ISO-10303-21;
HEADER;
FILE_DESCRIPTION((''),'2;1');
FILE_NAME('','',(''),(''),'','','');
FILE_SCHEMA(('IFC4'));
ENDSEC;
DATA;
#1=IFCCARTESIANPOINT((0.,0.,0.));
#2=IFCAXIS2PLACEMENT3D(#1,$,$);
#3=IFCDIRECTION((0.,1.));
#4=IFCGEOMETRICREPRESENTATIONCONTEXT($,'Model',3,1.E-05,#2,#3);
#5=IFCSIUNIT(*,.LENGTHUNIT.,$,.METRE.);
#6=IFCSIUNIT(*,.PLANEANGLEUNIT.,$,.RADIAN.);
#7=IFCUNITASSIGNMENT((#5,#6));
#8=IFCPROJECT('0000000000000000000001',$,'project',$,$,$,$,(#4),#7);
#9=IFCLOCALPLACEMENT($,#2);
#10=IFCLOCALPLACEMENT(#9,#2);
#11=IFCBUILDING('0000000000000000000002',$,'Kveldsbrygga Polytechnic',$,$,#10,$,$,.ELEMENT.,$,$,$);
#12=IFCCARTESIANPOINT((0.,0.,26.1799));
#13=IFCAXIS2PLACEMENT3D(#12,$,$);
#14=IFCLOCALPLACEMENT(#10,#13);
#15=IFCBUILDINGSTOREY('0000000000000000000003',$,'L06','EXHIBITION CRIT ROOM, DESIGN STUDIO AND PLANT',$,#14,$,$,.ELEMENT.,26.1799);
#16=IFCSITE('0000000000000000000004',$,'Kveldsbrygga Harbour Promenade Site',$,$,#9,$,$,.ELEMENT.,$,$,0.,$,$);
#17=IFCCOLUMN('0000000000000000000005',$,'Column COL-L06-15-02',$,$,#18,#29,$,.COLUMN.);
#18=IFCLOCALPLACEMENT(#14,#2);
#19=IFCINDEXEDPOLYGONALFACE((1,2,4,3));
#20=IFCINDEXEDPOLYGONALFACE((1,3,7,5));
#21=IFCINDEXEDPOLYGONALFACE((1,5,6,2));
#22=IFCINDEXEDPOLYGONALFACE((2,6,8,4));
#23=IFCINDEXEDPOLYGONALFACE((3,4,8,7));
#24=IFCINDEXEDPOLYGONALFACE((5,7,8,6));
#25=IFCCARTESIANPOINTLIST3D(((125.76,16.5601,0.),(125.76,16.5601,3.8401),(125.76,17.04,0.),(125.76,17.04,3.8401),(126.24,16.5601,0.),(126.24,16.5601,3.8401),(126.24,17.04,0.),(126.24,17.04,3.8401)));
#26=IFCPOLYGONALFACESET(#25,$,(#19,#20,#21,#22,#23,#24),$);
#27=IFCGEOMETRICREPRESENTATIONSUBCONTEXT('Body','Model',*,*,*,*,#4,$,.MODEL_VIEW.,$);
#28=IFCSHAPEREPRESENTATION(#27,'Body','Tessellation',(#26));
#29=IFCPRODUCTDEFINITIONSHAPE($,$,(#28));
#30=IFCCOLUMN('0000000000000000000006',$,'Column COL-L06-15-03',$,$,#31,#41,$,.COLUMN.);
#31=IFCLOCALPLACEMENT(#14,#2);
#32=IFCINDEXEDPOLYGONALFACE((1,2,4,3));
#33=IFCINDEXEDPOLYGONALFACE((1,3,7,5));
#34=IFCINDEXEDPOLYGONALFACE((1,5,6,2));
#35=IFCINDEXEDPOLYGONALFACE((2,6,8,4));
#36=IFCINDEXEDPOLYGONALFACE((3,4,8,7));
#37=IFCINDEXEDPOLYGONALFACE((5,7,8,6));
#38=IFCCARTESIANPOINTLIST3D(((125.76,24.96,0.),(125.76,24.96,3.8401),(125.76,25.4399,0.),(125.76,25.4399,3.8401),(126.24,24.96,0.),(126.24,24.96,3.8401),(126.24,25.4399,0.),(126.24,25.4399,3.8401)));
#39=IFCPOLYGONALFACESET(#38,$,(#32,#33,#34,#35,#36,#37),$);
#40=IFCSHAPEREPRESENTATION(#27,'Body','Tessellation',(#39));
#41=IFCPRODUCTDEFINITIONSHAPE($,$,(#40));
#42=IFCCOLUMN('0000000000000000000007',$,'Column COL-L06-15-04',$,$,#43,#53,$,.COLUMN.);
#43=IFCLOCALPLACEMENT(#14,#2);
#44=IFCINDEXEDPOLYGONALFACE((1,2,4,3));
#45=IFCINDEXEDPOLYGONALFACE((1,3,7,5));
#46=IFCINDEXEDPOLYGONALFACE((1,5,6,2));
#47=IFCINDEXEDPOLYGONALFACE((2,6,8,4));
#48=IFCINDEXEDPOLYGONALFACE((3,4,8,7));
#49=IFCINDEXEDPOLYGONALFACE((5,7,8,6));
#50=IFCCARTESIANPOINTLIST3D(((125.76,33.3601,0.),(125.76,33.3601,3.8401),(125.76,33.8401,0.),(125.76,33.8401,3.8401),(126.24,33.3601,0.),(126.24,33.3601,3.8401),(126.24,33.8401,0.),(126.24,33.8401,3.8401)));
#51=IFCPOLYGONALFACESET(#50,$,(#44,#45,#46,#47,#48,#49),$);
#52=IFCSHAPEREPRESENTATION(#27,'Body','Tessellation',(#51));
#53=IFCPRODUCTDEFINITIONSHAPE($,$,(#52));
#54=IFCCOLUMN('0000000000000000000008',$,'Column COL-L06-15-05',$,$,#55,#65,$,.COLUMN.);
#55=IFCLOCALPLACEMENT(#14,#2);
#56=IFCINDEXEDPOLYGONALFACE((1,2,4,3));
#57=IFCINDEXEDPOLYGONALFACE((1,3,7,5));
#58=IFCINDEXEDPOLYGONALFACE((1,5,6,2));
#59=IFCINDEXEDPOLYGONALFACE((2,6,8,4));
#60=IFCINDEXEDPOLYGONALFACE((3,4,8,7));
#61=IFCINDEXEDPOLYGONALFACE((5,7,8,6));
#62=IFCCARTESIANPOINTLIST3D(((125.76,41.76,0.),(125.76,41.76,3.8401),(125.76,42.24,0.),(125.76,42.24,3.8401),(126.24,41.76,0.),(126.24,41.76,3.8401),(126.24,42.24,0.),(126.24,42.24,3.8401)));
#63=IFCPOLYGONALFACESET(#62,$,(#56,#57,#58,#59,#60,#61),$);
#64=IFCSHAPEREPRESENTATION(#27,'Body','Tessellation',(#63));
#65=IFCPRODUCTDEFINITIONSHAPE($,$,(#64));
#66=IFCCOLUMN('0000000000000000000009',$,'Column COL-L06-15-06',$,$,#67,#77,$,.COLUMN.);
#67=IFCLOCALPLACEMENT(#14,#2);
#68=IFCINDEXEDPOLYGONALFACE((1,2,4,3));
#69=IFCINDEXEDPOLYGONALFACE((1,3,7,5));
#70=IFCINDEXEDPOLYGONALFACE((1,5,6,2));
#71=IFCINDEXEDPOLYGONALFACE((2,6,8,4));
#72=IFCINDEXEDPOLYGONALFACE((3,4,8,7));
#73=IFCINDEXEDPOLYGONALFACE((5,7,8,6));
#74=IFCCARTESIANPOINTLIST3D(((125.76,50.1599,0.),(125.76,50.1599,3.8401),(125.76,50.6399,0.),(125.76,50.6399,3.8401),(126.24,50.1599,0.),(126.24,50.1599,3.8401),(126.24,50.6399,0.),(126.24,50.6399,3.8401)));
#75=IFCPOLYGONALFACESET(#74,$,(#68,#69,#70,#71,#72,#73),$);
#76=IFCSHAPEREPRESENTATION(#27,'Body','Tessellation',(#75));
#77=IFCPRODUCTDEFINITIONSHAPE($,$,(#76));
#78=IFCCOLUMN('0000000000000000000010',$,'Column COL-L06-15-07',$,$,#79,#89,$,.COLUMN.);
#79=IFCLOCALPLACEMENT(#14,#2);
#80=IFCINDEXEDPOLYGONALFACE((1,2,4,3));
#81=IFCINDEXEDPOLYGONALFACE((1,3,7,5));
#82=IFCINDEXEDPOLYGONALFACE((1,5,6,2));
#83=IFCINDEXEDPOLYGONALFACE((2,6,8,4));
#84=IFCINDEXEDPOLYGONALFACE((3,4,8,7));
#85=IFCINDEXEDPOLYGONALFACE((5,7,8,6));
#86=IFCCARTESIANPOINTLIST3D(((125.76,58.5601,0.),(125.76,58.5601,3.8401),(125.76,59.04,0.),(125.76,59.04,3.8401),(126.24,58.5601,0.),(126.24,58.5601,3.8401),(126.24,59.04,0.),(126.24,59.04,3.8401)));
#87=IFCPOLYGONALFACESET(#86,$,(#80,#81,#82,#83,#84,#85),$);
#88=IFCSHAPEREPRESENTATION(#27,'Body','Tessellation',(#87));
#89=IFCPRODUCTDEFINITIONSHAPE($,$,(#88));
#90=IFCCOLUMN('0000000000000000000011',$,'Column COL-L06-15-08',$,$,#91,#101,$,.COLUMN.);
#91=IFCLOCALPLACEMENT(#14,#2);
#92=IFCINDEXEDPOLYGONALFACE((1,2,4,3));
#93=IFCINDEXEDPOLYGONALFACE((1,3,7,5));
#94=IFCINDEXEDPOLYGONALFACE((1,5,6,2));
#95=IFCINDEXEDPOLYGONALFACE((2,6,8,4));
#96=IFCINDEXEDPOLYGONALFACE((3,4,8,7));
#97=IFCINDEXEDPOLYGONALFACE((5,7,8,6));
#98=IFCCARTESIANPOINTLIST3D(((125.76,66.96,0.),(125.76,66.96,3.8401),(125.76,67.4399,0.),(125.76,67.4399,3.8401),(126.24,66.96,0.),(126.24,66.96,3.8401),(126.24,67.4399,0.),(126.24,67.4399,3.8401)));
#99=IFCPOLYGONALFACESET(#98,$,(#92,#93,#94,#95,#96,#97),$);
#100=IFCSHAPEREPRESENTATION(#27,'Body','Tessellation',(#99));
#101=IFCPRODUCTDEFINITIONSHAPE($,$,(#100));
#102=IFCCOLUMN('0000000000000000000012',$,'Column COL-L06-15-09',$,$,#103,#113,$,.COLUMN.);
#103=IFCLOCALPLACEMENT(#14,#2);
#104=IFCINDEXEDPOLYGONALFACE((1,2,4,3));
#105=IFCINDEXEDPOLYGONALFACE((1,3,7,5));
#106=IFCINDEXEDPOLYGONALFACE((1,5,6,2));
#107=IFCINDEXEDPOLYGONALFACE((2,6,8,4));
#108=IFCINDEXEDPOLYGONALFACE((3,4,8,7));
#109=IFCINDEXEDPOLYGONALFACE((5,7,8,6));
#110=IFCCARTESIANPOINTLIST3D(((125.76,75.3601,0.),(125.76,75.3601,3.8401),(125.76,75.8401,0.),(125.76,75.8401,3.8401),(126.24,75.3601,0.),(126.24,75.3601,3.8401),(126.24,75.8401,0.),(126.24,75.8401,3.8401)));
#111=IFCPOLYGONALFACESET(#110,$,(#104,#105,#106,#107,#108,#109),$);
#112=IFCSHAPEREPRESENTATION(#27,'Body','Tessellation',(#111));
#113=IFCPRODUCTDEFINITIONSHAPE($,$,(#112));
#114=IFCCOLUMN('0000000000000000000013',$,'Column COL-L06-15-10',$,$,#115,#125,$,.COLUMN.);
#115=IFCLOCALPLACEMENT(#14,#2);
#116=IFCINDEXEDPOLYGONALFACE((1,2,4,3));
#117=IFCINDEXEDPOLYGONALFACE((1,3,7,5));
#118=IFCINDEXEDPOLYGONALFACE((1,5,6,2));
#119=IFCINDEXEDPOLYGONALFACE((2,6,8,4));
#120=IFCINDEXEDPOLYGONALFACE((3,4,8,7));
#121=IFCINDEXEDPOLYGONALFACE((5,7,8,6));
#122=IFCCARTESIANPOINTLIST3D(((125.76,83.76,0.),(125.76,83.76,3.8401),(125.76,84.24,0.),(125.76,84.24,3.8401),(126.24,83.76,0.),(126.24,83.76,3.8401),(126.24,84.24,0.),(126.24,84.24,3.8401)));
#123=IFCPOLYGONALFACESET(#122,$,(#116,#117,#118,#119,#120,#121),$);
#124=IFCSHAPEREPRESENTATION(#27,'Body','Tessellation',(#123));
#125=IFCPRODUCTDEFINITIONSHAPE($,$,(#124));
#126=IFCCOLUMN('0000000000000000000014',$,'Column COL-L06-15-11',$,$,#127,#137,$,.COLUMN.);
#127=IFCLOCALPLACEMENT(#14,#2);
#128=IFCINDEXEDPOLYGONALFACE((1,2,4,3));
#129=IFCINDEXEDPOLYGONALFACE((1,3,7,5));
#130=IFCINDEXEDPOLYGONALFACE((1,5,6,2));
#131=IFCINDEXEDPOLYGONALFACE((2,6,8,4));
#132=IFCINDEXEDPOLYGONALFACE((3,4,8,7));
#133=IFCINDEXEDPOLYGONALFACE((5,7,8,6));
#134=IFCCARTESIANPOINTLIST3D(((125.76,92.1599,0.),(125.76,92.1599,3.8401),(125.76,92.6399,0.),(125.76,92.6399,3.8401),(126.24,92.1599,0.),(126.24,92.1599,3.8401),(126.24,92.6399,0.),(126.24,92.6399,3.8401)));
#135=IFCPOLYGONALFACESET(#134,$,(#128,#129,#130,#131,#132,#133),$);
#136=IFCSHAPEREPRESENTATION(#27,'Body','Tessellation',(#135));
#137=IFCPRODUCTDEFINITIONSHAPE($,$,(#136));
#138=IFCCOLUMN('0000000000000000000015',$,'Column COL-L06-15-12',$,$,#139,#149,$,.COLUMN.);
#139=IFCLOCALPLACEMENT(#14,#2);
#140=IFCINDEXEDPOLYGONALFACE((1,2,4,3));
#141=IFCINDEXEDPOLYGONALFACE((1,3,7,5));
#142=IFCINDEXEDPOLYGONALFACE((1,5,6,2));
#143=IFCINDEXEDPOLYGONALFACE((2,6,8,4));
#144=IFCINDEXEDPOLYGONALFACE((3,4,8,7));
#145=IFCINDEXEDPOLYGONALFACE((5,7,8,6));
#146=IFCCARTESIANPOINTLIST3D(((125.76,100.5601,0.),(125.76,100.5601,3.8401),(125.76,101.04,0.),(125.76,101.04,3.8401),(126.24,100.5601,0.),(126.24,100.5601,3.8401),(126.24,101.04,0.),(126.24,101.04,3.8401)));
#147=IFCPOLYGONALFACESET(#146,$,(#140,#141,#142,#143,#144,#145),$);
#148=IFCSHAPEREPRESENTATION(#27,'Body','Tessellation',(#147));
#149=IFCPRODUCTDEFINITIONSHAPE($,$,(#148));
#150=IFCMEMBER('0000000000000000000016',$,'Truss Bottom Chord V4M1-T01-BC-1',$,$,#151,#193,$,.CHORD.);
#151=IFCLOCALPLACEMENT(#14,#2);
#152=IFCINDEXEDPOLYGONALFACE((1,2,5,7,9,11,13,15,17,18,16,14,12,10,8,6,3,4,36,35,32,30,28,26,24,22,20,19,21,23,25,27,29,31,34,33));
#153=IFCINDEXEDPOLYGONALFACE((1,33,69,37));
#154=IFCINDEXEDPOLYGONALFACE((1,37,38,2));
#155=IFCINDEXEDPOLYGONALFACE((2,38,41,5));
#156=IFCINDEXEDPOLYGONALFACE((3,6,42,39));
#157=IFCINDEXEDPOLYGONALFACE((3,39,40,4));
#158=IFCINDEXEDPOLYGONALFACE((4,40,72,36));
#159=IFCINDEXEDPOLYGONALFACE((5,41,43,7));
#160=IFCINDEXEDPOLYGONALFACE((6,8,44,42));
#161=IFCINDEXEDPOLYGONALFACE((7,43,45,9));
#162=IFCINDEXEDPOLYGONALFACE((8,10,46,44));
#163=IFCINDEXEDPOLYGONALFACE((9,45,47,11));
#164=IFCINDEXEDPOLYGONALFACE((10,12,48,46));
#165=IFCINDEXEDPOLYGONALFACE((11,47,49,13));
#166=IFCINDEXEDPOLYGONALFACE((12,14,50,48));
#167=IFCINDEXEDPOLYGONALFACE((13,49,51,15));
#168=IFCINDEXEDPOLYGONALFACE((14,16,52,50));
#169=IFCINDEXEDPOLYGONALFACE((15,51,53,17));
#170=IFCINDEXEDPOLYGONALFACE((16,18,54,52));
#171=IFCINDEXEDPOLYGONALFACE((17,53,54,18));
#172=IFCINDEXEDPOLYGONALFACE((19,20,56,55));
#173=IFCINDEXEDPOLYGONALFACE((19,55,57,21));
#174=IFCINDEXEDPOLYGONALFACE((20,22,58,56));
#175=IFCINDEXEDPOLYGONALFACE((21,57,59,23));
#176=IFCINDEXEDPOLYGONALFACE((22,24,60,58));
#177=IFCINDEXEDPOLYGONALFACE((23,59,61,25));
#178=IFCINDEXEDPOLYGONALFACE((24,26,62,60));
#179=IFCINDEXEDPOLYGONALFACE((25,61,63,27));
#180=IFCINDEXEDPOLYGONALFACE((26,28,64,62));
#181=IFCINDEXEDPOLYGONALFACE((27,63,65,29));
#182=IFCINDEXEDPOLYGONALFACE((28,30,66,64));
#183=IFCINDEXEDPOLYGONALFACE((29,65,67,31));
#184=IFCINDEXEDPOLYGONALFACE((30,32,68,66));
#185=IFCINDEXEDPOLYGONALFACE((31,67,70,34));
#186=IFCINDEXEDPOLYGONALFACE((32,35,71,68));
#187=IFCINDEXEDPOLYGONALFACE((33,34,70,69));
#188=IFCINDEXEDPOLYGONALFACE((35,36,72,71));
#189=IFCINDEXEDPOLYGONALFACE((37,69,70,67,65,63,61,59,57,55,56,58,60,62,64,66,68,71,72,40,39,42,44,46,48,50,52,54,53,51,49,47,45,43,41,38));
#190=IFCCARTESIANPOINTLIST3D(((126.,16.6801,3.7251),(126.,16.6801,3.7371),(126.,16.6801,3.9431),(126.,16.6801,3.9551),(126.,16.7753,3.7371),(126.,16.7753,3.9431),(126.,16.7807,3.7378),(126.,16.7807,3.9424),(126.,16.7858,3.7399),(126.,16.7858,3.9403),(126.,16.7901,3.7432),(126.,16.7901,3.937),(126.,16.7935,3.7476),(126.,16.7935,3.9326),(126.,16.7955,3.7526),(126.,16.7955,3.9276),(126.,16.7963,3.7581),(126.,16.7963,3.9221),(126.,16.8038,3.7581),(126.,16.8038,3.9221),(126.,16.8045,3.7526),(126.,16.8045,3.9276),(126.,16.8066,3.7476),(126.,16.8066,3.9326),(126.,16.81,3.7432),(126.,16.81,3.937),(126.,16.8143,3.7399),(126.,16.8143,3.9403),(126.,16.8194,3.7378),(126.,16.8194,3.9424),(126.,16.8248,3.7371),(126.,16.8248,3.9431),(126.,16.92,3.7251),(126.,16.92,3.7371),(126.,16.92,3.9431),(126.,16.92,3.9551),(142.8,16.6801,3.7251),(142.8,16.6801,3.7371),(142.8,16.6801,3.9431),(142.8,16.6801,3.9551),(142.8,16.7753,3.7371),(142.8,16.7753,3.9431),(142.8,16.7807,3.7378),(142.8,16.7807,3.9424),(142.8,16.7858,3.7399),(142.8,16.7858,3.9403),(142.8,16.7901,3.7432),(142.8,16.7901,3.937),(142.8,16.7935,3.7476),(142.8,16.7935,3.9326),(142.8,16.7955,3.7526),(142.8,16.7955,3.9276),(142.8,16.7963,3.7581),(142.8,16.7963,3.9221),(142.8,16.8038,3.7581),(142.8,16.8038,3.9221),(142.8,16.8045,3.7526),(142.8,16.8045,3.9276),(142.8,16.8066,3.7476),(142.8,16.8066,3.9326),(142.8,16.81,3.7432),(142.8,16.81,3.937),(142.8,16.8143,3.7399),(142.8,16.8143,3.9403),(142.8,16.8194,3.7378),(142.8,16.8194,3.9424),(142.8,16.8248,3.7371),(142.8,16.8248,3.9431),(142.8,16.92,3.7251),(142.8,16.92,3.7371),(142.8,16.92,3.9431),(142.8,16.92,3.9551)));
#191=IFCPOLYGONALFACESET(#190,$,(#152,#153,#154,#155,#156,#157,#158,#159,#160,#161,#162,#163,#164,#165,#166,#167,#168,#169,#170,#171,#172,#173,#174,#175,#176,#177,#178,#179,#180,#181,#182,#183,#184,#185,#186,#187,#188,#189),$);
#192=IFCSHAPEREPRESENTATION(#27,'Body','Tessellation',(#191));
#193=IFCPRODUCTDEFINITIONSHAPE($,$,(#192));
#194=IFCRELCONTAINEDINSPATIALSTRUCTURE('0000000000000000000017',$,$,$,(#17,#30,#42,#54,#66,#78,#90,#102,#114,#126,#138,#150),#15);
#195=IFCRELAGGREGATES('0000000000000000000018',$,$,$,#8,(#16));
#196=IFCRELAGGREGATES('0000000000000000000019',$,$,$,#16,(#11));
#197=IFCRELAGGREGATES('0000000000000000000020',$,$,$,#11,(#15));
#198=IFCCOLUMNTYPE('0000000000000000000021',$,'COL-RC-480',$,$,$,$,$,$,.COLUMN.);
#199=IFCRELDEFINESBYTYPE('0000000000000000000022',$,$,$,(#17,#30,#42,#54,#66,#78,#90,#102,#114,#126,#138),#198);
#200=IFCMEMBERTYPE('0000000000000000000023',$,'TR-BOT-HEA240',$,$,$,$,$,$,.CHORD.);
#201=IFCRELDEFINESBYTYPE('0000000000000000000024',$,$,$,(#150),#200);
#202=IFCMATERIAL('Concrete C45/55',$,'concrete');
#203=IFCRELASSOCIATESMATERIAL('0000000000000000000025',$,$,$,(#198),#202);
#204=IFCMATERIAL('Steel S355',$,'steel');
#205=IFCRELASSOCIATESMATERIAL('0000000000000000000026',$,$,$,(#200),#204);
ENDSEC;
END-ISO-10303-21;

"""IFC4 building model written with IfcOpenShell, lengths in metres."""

from ifc_helpers import new_model, si_unit, direction, frame, origin, origin_2d, place, context, subcontext, project, spatial, rectangle, i_section, extrude, material, material_profile, profile_set, type_object, element, save


model = new_model("IFC4")

# Units and contexts
model_context = context("Model", 3, precision=1e-05, world=origin(), true_north=direction((0.0, 1.0)))
body_context = subcontext(model_context, "Body", "Model", "MODEL_VIEW")
ifc_project = project(units=[si_unit("LENGTHUNIT", "METRE"), si_unit("PLANEANGLEUNIT", "RADIAN")], contexts=[model_context])

# Site, building, storey
site_placement = place(None, origin())
site = spatial("IfcSite", under=ifc_project, at=site_placement, Name="Kveldsbrygga Harbour Promenade Site", CompositionType="ELEMENT", RefElevation=0.0)
building_placement = place(site_placement, origin())
building = spatial("IfcBuilding", under=site, at=building_placement, Name="Kveldsbrygga Polytechnic", CompositionType="ELEMENT")
storey_placement = place(building_placement, frame((0.0, 0.0, 26.1799)))
storey = spatial("IfcBuildingStorey", under=building, at=storey_placement, Name="L06", Description="EXHIBITION CRIT ROOM, DESIGN STUDIO AND PLANT", CompositionType="ELEMENT", Elevation=26.1799)

# Columns
ifc_material_1 = material(Name="Concrete C45/55", Category="concrete")
ifc_material_profile_1 = material_profile(ifc_material_1, rectangle(XDim=0.48, YDim=0.48, at=origin_2d()), Name="RC 480x480")
ifc_profile_set_1 = profile_set([ifc_material_profile_1], Name="Concrete C45/55")
column_type = type_object("IfcColumnType", Name="COL-RC-480", PredefinedType="COLUMN", material=ifc_profile_set_1)
for number, where, z_axis, x_axis, name in (
    (1, (126.0, 16.8, 0.0), (0.0, 0.0, 1.0), (1.0, 0.0, 0.0), "Column COL-L06-15-02"),
    (2, (126.0, 25.2, 0.0), (0.0, 0.0, 1.0), (1.0, 0.0, 0.0), "Column COL-L06-15-03"),
    (3, (126.0, 33.6001, 0.0), (0.0, 0.0, 1.0), (1.0, 0.0, 0.0), "Column COL-L06-15-04"),
    (4, (126.0, 42.0, 0.0), (0.0, 0.0, 1.0), (1.0, 0.0, 0.0), "Column COL-L06-15-05"),
    (5, (126.0, 50.3999, 0.0), (0.0, 0.0, 1.0), (1.0, 0.0, 0.0), "Column COL-L06-15-06"),
    (6, (126.0, 58.8, 0.0), (0.0, 0.0, 1.0), (1.0, 0.0, 0.0), "Column COL-L06-15-07"),
    (7, (126.0, 67.2, 0.0), (0.0, 0.0, 1.0), (1.0, 0.0, 0.0), "Column COL-L06-15-08"),
    (8, (126.0, 75.6001, 0.0), (0.0, 0.0, 1.0), (1.0, 0.0, 0.0), "Column COL-L06-15-09"),
    (9, (126.0, 84.0, 0.0), (0.0, 0.0, 1.0), (1.0, 0.0, 0.0), "Column COL-L06-15-10"),
    (10, (126.0, 92.3999, 0.0), (0.0, 0.0, 1.0), (1.0, 0.0, 0.0), "Column COL-L06-15-11"),
    (11, (126.0, 100.8, 0.0), (0.0, 0.0, 1.0), (1.0, 0.0, 0.0), "Column COL-L06-15-12"),
):
    element("IfcColumn", number, at=place(storey_placement, frame(where, z_axis=z_axis, x_axis=x_axis)), inside=storey, type_object=column_type, Name=name, PredefinedType="COLUMN", context=body_context, shape_type="SweptSolid", body=[
        extrude(rectangle(XDim=0.48, YDim=0.48, at=origin_2d()), origin(), (0.0, 0.0, 1.0), 3.8401),
    ])

# Member
ifc_material_2 = material(Name="Steel S355", Category="steel")
ifc_material_profile_2 = material_profile(ifc_material_2, i_section(OverallWidth=0.24, OverallDepth=0.23, WebThickness=0.0076, FlangeThickness=0.012, FilletRadius=0.021, at=origin_2d()), Name="HEA 240")
ifc_profile_set_2 = profile_set([ifc_material_profile_2], Name="Steel S355")
member_type_1 = type_object("IfcMemberType", Name="TR-BOT-HEA240", PredefinedType="CHORD", material=ifc_profile_set_2)
for number, where, z_axis, x_axis, name in (
    (12, (126.0, 16.8, 3.8401), (1.0, 0.0, 0.0), (0.0, 1.0, 0.0), "Truss Bottom Chord V4M1-T01-BC-1"),
):
    element("IfcMember", number, at=place(storey_placement, frame(where, z_axis=z_axis, x_axis=x_axis)), inside=storey, type_object=member_type_1, Name=name, PredefinedType="CHORD", context=body_context, shape_type="SweptSolid", body=[
        extrude(i_section(OverallWidth=0.24, OverallDepth=0.23, WebThickness=0.0076, FlangeThickness=0.012, FilletRadius=0.021, at=origin_2d()), origin(), (0.0, 0.0, 1.0), 16.8),
    ])

save(model, "model.ifc")
